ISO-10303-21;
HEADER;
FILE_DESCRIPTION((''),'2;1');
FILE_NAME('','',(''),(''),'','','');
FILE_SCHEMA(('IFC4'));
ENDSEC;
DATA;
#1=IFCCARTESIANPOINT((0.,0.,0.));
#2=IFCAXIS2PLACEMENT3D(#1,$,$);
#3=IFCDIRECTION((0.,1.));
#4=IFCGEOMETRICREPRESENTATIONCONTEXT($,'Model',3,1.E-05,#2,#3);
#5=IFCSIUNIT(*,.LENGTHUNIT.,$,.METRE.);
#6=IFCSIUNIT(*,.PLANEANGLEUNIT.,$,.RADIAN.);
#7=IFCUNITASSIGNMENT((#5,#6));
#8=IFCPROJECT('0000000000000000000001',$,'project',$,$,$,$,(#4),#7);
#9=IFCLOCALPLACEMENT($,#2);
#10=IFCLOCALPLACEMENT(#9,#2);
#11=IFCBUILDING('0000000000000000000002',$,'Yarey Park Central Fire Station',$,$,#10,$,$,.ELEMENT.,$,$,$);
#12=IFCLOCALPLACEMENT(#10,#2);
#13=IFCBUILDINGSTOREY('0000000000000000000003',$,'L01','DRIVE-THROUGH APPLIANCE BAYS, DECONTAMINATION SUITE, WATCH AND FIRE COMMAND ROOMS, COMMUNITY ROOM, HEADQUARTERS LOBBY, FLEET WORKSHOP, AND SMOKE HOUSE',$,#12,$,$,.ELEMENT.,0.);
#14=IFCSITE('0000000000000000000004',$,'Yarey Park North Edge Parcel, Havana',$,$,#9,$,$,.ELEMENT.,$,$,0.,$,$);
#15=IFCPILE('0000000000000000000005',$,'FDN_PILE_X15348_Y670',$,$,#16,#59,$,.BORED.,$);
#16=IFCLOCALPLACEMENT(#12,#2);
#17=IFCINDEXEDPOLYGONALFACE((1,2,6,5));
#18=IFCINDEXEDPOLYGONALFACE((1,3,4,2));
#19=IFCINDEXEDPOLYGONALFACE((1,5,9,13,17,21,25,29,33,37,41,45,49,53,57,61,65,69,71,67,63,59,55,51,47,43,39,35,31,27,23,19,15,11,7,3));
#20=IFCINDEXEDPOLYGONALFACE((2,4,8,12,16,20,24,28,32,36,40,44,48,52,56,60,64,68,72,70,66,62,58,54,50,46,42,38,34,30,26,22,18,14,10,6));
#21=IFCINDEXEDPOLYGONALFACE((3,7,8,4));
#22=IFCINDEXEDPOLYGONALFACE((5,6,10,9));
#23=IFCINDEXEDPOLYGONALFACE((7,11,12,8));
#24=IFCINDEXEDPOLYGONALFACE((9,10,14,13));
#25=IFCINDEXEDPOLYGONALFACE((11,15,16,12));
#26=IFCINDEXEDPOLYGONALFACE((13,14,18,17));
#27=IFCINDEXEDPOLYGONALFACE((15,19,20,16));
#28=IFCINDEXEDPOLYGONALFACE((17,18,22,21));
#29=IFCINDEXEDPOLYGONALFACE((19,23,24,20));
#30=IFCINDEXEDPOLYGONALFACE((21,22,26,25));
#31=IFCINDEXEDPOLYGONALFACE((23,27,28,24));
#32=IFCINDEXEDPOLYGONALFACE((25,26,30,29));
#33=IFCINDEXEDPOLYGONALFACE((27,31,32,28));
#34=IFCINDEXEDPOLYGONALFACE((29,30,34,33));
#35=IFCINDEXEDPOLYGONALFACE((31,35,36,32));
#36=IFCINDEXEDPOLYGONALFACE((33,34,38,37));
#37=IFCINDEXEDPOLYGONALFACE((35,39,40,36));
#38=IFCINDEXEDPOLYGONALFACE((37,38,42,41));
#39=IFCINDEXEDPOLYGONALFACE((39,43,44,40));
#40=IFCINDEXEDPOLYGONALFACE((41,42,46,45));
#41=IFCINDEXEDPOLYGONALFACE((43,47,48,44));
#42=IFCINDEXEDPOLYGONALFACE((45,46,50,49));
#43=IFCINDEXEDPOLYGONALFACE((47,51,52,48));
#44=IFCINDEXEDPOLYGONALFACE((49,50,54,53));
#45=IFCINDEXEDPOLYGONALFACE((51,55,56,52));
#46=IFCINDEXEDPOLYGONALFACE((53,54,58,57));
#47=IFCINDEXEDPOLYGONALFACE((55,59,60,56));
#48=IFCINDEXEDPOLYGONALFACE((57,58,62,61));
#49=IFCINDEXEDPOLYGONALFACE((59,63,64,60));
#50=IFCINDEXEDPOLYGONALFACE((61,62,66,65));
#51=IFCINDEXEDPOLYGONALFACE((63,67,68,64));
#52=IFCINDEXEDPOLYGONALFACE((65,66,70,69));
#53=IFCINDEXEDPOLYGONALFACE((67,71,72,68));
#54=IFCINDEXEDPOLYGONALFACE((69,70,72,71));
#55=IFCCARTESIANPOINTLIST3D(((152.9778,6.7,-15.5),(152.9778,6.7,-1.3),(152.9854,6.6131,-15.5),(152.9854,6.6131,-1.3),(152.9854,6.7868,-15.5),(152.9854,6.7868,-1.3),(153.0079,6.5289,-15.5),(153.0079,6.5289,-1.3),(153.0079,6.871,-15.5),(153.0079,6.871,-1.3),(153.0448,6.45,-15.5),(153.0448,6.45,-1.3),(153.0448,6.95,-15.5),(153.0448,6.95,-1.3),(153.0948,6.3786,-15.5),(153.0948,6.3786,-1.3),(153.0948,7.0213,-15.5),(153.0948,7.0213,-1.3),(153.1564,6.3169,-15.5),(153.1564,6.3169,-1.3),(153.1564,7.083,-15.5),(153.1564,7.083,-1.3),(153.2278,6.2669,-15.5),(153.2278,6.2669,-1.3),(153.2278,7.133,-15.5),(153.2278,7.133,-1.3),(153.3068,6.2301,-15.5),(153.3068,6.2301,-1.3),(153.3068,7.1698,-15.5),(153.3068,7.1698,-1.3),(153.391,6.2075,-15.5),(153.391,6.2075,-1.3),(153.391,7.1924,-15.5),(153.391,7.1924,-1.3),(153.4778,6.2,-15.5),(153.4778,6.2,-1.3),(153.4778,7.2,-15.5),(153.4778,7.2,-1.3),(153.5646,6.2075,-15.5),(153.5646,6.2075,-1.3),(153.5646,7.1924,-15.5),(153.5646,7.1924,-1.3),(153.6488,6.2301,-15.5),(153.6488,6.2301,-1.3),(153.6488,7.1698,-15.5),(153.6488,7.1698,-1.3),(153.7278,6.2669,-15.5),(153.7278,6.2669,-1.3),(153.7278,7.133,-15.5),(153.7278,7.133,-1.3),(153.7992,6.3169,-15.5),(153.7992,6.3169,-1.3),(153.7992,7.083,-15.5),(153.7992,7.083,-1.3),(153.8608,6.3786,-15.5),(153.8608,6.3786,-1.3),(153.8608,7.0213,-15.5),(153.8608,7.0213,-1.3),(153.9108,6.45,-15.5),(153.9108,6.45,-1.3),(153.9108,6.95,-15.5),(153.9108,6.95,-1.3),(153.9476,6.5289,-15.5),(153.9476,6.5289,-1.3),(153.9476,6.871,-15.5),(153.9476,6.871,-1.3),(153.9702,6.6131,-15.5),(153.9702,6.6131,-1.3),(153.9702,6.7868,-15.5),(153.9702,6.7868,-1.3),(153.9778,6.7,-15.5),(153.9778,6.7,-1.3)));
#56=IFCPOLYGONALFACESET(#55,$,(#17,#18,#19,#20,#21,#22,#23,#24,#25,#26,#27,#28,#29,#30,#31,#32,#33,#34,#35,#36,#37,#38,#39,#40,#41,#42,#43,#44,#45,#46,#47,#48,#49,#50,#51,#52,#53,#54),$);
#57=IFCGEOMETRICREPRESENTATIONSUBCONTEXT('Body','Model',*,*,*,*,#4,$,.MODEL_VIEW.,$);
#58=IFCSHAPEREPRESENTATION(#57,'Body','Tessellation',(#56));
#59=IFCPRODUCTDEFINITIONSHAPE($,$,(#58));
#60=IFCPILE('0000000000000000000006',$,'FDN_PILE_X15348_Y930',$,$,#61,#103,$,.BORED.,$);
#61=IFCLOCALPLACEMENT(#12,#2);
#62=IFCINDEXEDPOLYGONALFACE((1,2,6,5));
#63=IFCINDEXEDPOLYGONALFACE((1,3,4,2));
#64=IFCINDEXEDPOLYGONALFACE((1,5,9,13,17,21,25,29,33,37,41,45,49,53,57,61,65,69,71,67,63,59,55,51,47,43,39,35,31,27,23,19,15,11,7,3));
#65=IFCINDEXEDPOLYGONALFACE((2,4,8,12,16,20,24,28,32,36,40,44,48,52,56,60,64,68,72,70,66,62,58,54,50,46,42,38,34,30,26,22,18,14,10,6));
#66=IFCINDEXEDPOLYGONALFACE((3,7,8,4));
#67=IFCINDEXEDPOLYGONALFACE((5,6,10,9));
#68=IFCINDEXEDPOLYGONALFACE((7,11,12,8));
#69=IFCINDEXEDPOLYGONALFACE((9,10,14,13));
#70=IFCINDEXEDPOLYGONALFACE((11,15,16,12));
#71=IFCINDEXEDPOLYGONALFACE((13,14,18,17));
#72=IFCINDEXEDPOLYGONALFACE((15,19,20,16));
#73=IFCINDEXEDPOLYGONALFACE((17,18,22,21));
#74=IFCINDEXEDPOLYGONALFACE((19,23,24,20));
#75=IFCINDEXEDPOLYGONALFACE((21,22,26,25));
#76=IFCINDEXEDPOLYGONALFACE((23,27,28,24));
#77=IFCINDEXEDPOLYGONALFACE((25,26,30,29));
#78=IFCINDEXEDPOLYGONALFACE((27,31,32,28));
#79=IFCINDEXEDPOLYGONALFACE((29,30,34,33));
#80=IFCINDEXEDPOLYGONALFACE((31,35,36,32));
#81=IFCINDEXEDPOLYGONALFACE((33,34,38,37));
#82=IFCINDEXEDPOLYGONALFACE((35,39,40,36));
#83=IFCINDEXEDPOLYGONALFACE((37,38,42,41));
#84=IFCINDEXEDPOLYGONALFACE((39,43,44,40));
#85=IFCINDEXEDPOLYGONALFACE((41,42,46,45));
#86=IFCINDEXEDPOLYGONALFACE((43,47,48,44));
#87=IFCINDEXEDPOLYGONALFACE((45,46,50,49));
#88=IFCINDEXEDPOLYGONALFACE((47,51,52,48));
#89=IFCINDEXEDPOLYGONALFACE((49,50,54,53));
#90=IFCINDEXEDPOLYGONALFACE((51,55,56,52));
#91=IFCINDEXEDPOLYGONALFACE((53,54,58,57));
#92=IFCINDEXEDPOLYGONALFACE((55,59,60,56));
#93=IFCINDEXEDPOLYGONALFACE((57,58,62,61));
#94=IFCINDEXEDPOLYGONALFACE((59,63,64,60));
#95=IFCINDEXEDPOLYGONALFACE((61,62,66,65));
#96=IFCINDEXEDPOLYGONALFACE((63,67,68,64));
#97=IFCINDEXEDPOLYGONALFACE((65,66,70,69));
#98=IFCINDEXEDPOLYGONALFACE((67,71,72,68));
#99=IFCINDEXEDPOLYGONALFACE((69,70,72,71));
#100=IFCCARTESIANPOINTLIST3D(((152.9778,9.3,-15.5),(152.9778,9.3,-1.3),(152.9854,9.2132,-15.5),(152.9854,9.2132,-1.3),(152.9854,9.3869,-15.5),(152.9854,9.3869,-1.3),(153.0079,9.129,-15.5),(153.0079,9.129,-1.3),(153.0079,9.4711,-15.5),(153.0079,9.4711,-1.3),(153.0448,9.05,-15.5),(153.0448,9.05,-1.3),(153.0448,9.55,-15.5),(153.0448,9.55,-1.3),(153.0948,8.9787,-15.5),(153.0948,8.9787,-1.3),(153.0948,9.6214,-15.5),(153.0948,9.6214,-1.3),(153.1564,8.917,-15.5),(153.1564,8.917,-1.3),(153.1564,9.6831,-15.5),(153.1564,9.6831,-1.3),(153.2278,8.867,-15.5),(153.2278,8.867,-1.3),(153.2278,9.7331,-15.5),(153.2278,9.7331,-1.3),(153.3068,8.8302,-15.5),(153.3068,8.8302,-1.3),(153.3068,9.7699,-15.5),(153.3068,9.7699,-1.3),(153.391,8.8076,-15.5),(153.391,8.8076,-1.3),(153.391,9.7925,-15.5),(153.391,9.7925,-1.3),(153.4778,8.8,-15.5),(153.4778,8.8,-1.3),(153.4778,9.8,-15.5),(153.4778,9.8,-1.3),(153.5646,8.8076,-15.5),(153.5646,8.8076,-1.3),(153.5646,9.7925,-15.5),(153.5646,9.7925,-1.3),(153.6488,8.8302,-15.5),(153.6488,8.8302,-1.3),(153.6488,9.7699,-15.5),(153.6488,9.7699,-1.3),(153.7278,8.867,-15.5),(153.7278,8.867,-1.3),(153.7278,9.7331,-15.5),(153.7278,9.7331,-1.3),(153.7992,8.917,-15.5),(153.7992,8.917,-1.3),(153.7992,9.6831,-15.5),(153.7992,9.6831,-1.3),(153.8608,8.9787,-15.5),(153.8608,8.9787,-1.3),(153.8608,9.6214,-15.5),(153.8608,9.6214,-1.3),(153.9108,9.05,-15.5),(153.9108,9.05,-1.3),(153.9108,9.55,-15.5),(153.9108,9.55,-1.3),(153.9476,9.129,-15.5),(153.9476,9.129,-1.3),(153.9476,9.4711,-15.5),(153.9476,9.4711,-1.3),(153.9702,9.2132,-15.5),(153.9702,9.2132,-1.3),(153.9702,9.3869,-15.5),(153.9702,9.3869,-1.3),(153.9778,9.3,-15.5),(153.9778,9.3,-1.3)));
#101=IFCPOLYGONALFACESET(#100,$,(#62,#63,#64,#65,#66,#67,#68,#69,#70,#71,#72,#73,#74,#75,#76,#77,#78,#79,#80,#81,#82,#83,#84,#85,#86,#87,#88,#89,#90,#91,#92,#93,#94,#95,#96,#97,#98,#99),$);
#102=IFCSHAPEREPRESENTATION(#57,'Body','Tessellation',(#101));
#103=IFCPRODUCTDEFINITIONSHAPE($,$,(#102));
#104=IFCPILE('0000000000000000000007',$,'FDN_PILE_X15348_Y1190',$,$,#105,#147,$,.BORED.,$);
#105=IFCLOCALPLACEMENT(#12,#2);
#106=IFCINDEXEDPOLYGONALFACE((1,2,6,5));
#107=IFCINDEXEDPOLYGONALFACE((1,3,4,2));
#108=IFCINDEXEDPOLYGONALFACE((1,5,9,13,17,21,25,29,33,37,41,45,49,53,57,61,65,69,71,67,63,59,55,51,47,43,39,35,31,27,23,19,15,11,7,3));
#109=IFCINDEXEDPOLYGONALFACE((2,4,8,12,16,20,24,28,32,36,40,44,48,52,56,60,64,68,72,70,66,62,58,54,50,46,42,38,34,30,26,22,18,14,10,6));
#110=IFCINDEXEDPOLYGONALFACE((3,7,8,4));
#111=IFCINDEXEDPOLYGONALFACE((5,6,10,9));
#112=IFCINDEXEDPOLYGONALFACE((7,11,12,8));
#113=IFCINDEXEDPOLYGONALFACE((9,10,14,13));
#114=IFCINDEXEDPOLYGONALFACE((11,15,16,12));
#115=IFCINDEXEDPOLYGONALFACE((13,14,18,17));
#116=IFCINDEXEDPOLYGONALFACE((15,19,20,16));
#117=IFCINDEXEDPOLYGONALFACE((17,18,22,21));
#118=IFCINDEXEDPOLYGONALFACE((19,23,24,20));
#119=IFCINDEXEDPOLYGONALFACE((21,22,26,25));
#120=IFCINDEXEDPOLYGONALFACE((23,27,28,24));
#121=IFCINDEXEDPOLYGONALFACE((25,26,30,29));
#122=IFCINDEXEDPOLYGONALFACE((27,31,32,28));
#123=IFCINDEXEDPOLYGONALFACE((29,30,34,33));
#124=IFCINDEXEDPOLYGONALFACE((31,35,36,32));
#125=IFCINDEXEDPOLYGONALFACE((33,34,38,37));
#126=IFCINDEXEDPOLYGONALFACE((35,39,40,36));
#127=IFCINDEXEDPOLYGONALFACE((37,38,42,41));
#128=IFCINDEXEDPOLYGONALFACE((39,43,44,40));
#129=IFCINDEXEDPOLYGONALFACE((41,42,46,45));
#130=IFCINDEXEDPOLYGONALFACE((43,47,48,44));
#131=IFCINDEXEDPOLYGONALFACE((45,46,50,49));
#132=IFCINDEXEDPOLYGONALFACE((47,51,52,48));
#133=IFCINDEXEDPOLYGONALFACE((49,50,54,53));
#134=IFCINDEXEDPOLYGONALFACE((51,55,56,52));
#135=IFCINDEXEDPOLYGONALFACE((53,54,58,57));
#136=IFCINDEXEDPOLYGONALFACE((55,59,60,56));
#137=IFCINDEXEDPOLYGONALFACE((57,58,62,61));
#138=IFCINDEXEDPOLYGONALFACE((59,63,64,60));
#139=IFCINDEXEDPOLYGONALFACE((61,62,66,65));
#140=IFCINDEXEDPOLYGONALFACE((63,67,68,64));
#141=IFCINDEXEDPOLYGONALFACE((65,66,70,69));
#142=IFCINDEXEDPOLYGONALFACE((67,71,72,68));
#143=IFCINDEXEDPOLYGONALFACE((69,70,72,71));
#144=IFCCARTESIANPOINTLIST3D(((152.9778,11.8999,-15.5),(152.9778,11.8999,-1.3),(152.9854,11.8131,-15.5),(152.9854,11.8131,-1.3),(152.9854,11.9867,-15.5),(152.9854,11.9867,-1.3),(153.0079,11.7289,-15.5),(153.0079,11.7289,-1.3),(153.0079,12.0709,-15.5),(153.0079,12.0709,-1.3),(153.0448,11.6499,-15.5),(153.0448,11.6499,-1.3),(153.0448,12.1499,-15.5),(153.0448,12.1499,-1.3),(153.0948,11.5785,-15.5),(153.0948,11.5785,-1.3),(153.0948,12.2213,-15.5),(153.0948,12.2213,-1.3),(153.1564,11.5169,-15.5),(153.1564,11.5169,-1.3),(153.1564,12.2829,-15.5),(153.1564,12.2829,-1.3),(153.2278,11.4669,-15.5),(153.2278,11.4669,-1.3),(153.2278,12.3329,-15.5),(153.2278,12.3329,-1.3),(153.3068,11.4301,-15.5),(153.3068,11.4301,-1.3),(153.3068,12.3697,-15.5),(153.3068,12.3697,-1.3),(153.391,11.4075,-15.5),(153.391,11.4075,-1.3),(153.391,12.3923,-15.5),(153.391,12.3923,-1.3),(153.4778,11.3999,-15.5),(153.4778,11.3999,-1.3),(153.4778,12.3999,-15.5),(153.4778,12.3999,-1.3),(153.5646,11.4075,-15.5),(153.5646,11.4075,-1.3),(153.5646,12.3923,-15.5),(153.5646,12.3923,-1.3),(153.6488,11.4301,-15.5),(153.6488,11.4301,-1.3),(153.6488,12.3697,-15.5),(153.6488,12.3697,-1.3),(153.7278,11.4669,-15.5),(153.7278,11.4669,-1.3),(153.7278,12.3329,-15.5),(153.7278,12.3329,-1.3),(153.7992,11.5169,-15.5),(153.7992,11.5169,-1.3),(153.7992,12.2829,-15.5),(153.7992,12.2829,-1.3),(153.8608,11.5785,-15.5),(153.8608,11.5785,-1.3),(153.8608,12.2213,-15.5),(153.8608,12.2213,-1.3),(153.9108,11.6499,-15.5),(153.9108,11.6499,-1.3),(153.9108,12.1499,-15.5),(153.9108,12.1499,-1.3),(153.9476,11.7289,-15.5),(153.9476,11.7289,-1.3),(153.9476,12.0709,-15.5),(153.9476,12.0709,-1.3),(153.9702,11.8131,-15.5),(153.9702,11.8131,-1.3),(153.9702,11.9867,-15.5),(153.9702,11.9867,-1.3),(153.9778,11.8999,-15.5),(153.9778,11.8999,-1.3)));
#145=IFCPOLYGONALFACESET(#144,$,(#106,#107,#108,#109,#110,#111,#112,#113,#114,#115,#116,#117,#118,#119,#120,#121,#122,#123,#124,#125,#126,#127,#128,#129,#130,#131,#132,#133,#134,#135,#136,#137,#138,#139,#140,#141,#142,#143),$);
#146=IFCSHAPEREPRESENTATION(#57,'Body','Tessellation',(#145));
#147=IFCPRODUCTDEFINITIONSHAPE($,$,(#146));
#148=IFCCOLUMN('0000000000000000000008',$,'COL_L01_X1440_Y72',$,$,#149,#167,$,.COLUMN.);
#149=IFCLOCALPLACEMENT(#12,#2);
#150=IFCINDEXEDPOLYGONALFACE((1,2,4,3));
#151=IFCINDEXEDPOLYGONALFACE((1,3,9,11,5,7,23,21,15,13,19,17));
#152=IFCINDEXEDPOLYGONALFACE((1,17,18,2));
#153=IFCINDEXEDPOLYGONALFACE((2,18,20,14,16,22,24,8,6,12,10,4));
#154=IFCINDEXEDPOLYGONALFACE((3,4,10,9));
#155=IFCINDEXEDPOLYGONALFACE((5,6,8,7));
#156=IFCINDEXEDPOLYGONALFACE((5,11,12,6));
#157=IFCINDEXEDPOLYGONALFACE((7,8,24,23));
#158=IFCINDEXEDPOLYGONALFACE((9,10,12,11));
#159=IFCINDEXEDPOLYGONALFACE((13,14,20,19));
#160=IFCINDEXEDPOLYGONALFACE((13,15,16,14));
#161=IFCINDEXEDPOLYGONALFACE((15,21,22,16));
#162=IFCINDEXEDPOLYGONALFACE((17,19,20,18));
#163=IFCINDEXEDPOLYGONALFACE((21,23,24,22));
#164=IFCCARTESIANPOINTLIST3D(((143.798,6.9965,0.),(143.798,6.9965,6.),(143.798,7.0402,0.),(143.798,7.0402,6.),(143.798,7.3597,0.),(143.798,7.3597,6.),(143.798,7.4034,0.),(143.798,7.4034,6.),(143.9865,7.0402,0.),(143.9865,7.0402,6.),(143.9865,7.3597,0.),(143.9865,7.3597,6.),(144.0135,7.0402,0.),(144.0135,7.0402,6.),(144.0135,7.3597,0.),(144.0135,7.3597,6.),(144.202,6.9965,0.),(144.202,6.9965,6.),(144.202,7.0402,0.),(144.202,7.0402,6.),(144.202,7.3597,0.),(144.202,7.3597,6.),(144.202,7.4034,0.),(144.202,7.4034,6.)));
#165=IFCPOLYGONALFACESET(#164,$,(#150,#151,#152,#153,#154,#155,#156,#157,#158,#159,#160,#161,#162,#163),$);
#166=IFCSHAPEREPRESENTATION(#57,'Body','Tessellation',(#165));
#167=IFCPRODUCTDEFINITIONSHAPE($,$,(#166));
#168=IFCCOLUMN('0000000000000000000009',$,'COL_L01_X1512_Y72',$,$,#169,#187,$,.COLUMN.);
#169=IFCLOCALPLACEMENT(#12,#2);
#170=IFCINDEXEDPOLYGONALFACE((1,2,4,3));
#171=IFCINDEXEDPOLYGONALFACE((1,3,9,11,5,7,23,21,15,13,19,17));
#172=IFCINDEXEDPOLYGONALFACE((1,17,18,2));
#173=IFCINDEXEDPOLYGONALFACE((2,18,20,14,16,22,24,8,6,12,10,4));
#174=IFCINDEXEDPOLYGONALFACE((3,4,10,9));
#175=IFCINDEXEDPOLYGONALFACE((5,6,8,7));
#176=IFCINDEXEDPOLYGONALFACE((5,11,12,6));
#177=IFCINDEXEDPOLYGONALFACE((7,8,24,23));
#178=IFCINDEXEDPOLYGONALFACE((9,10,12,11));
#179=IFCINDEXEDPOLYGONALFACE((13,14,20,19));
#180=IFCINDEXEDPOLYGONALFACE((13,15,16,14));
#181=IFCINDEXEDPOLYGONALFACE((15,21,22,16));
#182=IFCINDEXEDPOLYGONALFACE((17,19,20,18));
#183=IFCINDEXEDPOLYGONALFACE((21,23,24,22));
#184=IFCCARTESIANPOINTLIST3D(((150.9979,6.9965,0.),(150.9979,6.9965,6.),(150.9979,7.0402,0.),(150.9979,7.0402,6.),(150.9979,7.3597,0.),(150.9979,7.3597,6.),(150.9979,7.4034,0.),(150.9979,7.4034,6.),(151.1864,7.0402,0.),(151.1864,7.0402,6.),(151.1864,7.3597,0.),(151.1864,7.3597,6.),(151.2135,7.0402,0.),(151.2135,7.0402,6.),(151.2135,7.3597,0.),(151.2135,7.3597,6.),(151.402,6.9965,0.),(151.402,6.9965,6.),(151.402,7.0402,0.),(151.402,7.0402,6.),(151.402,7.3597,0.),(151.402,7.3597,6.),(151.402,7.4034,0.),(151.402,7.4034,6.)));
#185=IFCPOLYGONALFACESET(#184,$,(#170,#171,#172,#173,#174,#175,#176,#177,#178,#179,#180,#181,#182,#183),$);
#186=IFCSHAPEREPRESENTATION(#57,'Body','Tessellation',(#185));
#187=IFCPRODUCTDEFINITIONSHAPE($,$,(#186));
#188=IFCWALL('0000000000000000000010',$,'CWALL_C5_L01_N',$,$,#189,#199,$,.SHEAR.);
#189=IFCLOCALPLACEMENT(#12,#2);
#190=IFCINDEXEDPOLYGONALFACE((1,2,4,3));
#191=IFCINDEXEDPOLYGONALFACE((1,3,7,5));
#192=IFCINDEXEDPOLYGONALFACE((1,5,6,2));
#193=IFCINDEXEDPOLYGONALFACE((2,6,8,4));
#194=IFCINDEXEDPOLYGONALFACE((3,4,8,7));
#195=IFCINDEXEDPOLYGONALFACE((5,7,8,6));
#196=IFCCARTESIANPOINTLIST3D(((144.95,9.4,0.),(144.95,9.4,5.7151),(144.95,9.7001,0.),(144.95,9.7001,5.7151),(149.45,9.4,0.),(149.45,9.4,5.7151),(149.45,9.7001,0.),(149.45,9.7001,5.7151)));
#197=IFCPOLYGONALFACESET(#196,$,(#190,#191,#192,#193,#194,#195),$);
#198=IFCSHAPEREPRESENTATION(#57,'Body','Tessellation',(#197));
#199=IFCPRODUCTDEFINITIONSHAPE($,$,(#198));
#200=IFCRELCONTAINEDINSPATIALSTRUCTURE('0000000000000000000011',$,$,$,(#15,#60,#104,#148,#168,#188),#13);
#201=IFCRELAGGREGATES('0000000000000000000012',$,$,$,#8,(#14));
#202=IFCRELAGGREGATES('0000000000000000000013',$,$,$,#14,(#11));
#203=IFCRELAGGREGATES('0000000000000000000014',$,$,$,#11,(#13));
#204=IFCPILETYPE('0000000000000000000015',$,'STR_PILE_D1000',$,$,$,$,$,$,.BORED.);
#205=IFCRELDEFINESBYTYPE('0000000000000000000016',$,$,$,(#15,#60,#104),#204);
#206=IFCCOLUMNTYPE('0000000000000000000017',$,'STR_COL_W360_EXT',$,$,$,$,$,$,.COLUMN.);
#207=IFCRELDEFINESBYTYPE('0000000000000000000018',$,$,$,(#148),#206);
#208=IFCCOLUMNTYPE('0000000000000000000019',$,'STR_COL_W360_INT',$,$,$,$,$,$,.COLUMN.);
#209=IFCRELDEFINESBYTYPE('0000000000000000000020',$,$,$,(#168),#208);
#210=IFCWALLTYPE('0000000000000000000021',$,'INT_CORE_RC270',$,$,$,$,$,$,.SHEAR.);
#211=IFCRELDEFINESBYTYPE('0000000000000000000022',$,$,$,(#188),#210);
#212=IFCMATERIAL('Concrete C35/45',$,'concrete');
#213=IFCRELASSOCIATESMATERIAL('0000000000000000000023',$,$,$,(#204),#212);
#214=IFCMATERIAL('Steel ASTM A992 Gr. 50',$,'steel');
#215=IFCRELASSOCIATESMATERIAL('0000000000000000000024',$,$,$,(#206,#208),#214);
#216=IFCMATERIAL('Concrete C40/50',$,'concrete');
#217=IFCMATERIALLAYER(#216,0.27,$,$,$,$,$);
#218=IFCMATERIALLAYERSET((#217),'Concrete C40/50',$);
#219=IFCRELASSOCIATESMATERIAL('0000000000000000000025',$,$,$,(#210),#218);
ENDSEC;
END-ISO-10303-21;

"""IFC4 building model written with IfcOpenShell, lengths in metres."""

from ifc_helpers import new_model, si_unit, direction, frame, frame_2d, origin, origin_2d, place, context, subcontext, project, spatial, rectangle, circle, i_section, extrude, material, layer, layer_set, material_profile, profile_set, type_object, element, save


model = new_model("IFC4")

# Units and contexts
model_context = context("Model", 3, precision=1e-05, world=origin(), true_north=direction((0.0, 1.0)))
body_context = subcontext(model_context, "Body", "Model", "MODEL_VIEW")
ifc_project = project(units=[si_unit("LENGTHUNIT", "METRE"), si_unit("PLANEANGLEUNIT", "RADIAN")], contexts=[model_context])

# Site, building, storey
site_placement = place(None, origin())
site = spatial("IfcSite", under=ifc_project, at=site_placement, Name="Yarey Park North Edge Parcel, Havana", CompositionType="ELEMENT", RefElevation=0.0)
building_placement = place(site_placement, origin())
building = spatial("IfcBuilding", under=site, at=building_placement, Name="Yarey Park Central Fire Station", CompositionType="ELEMENT")
storey_placement = place(building_placement, origin())
storey = spatial("IfcBuildingStorey", under=building, at=storey_placement, Name="L01", Description="DRIVE-THROUGH APPLIANCE BAYS, DECONTAMINATION SUITE, WATCH AND FIRE COMMAND ROOMS, COMMUNITY ROOM, HEADQUARTERS LOBBY, FLEET WORKSHOP, AND SMOKE HOUSE", CompositionType="ELEMENT", Elevation=0.0)

# Piles
ifc_material_1 = material(Name="Concrete C35/45", Category="concrete")
ifc_material_profile_1 = material_profile(ifc_material_1, circle(Radius=0.5, at=origin_2d()), Name="BORED PILE D1000")
ifc_profile_set_1 = profile_set([ifc_material_profile_1], Name="Concrete C35/45")
pile_type = type_object("IfcPileType", Name="STR_PILE_D1000", PredefinedType="BORED", material=ifc_profile_set_1)
for number, where, z_axis, x_axis, name in (
    (1, (153.4778, 6.7, -1.3), (0.0, 0.0, -1.0), (1.0, 0.0, 0.0), "FDN_PILE_X15348_Y670"),
    (2, (153.4778, 9.3, -1.3), (0.0, 0.0, -1.0), (1.0, 0.0, 0.0), "FDN_PILE_X15348_Y930"),
    (3, (153.4778, 11.8999, -1.3), (0.0, 0.0, -1.0), (1.0, 0.0, 0.0), "FDN_PILE_X15348_Y1190"),
):
    element("IfcPile", number, at=place(storey_placement, frame(where, z_axis=z_axis, x_axis=x_axis)), inside=storey, type_object=pile_type, Name=name, PredefinedType="BORED", context=body_context, shape_type="SweptSolid", body=[
        extrude(circle(Radius=0.5, at=origin_2d()), origin(), (0.0, 0.0, 1.0), 14.2),
    ])

# Columns
ifc_material_2 = material(Name="Steel ASTM A992 Gr. 50", Category="steel")
ifc_material_profile_2 = material_profile(ifc_material_2, i_section(OverallWidth=0.4041, OverallDepth=0.407, WebThickness=0.0271, FlangeThickness=0.0437, at=origin_2d()), Name="W360x347")
ifc_profile_set_2 = profile_set([ifc_material_profile_2], Name="Steel ASTM A992 Gr. 50")
column_type_1 = type_object("IfcColumnType", Name="STR_COL_W360_EXT", PredefinedType="COLUMN", material=ifc_profile_set_2)
column_1_placement = place(storey_placement, frame((144.0, 7.2, 0.0), z_axis=(0.0, 0.0, 1.0), x_axis=(1.0, 0.0, 0.0)))
element("IfcColumn", 4, at=column_1_placement, inside=storey, type_object=column_type_1, Name="COL_L01_X1440_Y72", PredefinedType="COLUMN", context=body_context, shape_type="SweptSolid", body=[
    extrude(i_section(OverallWidth=0.4041, OverallDepth=0.407, WebThickness=0.0271, FlangeThickness=0.0437, at=origin_2d()), origin(), (0.0, 0.0, 1.0), 6.0),
])
ifc_material_profile_3 = material_profile(ifc_material_2, i_section(OverallWidth=0.4041, OverallDepth=0.407, WebThickness=0.0271, FlangeThickness=0.0437, at=origin_2d()), Name="W360x347")
ifc_profile_set_3 = profile_set([ifc_material_profile_3], Name="Steel ASTM A992 Gr. 50")
column_type_2 = type_object("IfcColumnType", Name="STR_COL_W360_INT", PredefinedType="COLUMN", material=ifc_profile_set_3)
column_2_placement = place(storey_placement, frame((151.2, 7.2, 0.0), z_axis=(0.0, 0.0, 1.0), x_axis=(1.0, 0.0, 0.0)))
element("IfcColumn", 5, at=column_2_placement, inside=storey, type_object=column_type_2, Name="COL_L01_X1512_Y72", PredefinedType="COLUMN", context=body_context, shape_type="SweptSolid", body=[
    extrude(i_section(OverallWidth=0.4041, OverallDepth=0.407, WebThickness=0.0271, FlangeThickness=0.0437, at=origin_2d()), origin(), (0.0, 0.0, 1.0), 6.0),
])

# Wall
ifc_material_3 = material(Name="Concrete C40/50", Category="concrete")
ifc_layer = layer(ifc_material_3, 0.27)
ifc_layer_set = layer_set([ifc_layer], Name="Concrete C40/50")
wall_type = type_object("IfcWallType", Name="INT_CORE_RC270", PredefinedType="SHEAR", material=ifc_layer_set)
wall_1_placement = place(storey_placement, frame((149.45, 9.55, 0.0), z_axis=(0.0, 0.0, 1.0), x_axis=(-1.0, 0.0, 0.0)))
element("IfcWall", 6, at=wall_1_placement, inside=storey, type_object=wall_type, Name="CWALL_C5_L01_N", PredefinedType="SHEAR", context=body_context, shape_type="SweptSolid", body=[
    extrude(rectangle(XDim=4.5, YDim=0.3, at=frame_2d((2.25, 0.0))), origin(), (0.0, 0.0, 1.0), 5.7151),
])

save(model, "model.ifc")
